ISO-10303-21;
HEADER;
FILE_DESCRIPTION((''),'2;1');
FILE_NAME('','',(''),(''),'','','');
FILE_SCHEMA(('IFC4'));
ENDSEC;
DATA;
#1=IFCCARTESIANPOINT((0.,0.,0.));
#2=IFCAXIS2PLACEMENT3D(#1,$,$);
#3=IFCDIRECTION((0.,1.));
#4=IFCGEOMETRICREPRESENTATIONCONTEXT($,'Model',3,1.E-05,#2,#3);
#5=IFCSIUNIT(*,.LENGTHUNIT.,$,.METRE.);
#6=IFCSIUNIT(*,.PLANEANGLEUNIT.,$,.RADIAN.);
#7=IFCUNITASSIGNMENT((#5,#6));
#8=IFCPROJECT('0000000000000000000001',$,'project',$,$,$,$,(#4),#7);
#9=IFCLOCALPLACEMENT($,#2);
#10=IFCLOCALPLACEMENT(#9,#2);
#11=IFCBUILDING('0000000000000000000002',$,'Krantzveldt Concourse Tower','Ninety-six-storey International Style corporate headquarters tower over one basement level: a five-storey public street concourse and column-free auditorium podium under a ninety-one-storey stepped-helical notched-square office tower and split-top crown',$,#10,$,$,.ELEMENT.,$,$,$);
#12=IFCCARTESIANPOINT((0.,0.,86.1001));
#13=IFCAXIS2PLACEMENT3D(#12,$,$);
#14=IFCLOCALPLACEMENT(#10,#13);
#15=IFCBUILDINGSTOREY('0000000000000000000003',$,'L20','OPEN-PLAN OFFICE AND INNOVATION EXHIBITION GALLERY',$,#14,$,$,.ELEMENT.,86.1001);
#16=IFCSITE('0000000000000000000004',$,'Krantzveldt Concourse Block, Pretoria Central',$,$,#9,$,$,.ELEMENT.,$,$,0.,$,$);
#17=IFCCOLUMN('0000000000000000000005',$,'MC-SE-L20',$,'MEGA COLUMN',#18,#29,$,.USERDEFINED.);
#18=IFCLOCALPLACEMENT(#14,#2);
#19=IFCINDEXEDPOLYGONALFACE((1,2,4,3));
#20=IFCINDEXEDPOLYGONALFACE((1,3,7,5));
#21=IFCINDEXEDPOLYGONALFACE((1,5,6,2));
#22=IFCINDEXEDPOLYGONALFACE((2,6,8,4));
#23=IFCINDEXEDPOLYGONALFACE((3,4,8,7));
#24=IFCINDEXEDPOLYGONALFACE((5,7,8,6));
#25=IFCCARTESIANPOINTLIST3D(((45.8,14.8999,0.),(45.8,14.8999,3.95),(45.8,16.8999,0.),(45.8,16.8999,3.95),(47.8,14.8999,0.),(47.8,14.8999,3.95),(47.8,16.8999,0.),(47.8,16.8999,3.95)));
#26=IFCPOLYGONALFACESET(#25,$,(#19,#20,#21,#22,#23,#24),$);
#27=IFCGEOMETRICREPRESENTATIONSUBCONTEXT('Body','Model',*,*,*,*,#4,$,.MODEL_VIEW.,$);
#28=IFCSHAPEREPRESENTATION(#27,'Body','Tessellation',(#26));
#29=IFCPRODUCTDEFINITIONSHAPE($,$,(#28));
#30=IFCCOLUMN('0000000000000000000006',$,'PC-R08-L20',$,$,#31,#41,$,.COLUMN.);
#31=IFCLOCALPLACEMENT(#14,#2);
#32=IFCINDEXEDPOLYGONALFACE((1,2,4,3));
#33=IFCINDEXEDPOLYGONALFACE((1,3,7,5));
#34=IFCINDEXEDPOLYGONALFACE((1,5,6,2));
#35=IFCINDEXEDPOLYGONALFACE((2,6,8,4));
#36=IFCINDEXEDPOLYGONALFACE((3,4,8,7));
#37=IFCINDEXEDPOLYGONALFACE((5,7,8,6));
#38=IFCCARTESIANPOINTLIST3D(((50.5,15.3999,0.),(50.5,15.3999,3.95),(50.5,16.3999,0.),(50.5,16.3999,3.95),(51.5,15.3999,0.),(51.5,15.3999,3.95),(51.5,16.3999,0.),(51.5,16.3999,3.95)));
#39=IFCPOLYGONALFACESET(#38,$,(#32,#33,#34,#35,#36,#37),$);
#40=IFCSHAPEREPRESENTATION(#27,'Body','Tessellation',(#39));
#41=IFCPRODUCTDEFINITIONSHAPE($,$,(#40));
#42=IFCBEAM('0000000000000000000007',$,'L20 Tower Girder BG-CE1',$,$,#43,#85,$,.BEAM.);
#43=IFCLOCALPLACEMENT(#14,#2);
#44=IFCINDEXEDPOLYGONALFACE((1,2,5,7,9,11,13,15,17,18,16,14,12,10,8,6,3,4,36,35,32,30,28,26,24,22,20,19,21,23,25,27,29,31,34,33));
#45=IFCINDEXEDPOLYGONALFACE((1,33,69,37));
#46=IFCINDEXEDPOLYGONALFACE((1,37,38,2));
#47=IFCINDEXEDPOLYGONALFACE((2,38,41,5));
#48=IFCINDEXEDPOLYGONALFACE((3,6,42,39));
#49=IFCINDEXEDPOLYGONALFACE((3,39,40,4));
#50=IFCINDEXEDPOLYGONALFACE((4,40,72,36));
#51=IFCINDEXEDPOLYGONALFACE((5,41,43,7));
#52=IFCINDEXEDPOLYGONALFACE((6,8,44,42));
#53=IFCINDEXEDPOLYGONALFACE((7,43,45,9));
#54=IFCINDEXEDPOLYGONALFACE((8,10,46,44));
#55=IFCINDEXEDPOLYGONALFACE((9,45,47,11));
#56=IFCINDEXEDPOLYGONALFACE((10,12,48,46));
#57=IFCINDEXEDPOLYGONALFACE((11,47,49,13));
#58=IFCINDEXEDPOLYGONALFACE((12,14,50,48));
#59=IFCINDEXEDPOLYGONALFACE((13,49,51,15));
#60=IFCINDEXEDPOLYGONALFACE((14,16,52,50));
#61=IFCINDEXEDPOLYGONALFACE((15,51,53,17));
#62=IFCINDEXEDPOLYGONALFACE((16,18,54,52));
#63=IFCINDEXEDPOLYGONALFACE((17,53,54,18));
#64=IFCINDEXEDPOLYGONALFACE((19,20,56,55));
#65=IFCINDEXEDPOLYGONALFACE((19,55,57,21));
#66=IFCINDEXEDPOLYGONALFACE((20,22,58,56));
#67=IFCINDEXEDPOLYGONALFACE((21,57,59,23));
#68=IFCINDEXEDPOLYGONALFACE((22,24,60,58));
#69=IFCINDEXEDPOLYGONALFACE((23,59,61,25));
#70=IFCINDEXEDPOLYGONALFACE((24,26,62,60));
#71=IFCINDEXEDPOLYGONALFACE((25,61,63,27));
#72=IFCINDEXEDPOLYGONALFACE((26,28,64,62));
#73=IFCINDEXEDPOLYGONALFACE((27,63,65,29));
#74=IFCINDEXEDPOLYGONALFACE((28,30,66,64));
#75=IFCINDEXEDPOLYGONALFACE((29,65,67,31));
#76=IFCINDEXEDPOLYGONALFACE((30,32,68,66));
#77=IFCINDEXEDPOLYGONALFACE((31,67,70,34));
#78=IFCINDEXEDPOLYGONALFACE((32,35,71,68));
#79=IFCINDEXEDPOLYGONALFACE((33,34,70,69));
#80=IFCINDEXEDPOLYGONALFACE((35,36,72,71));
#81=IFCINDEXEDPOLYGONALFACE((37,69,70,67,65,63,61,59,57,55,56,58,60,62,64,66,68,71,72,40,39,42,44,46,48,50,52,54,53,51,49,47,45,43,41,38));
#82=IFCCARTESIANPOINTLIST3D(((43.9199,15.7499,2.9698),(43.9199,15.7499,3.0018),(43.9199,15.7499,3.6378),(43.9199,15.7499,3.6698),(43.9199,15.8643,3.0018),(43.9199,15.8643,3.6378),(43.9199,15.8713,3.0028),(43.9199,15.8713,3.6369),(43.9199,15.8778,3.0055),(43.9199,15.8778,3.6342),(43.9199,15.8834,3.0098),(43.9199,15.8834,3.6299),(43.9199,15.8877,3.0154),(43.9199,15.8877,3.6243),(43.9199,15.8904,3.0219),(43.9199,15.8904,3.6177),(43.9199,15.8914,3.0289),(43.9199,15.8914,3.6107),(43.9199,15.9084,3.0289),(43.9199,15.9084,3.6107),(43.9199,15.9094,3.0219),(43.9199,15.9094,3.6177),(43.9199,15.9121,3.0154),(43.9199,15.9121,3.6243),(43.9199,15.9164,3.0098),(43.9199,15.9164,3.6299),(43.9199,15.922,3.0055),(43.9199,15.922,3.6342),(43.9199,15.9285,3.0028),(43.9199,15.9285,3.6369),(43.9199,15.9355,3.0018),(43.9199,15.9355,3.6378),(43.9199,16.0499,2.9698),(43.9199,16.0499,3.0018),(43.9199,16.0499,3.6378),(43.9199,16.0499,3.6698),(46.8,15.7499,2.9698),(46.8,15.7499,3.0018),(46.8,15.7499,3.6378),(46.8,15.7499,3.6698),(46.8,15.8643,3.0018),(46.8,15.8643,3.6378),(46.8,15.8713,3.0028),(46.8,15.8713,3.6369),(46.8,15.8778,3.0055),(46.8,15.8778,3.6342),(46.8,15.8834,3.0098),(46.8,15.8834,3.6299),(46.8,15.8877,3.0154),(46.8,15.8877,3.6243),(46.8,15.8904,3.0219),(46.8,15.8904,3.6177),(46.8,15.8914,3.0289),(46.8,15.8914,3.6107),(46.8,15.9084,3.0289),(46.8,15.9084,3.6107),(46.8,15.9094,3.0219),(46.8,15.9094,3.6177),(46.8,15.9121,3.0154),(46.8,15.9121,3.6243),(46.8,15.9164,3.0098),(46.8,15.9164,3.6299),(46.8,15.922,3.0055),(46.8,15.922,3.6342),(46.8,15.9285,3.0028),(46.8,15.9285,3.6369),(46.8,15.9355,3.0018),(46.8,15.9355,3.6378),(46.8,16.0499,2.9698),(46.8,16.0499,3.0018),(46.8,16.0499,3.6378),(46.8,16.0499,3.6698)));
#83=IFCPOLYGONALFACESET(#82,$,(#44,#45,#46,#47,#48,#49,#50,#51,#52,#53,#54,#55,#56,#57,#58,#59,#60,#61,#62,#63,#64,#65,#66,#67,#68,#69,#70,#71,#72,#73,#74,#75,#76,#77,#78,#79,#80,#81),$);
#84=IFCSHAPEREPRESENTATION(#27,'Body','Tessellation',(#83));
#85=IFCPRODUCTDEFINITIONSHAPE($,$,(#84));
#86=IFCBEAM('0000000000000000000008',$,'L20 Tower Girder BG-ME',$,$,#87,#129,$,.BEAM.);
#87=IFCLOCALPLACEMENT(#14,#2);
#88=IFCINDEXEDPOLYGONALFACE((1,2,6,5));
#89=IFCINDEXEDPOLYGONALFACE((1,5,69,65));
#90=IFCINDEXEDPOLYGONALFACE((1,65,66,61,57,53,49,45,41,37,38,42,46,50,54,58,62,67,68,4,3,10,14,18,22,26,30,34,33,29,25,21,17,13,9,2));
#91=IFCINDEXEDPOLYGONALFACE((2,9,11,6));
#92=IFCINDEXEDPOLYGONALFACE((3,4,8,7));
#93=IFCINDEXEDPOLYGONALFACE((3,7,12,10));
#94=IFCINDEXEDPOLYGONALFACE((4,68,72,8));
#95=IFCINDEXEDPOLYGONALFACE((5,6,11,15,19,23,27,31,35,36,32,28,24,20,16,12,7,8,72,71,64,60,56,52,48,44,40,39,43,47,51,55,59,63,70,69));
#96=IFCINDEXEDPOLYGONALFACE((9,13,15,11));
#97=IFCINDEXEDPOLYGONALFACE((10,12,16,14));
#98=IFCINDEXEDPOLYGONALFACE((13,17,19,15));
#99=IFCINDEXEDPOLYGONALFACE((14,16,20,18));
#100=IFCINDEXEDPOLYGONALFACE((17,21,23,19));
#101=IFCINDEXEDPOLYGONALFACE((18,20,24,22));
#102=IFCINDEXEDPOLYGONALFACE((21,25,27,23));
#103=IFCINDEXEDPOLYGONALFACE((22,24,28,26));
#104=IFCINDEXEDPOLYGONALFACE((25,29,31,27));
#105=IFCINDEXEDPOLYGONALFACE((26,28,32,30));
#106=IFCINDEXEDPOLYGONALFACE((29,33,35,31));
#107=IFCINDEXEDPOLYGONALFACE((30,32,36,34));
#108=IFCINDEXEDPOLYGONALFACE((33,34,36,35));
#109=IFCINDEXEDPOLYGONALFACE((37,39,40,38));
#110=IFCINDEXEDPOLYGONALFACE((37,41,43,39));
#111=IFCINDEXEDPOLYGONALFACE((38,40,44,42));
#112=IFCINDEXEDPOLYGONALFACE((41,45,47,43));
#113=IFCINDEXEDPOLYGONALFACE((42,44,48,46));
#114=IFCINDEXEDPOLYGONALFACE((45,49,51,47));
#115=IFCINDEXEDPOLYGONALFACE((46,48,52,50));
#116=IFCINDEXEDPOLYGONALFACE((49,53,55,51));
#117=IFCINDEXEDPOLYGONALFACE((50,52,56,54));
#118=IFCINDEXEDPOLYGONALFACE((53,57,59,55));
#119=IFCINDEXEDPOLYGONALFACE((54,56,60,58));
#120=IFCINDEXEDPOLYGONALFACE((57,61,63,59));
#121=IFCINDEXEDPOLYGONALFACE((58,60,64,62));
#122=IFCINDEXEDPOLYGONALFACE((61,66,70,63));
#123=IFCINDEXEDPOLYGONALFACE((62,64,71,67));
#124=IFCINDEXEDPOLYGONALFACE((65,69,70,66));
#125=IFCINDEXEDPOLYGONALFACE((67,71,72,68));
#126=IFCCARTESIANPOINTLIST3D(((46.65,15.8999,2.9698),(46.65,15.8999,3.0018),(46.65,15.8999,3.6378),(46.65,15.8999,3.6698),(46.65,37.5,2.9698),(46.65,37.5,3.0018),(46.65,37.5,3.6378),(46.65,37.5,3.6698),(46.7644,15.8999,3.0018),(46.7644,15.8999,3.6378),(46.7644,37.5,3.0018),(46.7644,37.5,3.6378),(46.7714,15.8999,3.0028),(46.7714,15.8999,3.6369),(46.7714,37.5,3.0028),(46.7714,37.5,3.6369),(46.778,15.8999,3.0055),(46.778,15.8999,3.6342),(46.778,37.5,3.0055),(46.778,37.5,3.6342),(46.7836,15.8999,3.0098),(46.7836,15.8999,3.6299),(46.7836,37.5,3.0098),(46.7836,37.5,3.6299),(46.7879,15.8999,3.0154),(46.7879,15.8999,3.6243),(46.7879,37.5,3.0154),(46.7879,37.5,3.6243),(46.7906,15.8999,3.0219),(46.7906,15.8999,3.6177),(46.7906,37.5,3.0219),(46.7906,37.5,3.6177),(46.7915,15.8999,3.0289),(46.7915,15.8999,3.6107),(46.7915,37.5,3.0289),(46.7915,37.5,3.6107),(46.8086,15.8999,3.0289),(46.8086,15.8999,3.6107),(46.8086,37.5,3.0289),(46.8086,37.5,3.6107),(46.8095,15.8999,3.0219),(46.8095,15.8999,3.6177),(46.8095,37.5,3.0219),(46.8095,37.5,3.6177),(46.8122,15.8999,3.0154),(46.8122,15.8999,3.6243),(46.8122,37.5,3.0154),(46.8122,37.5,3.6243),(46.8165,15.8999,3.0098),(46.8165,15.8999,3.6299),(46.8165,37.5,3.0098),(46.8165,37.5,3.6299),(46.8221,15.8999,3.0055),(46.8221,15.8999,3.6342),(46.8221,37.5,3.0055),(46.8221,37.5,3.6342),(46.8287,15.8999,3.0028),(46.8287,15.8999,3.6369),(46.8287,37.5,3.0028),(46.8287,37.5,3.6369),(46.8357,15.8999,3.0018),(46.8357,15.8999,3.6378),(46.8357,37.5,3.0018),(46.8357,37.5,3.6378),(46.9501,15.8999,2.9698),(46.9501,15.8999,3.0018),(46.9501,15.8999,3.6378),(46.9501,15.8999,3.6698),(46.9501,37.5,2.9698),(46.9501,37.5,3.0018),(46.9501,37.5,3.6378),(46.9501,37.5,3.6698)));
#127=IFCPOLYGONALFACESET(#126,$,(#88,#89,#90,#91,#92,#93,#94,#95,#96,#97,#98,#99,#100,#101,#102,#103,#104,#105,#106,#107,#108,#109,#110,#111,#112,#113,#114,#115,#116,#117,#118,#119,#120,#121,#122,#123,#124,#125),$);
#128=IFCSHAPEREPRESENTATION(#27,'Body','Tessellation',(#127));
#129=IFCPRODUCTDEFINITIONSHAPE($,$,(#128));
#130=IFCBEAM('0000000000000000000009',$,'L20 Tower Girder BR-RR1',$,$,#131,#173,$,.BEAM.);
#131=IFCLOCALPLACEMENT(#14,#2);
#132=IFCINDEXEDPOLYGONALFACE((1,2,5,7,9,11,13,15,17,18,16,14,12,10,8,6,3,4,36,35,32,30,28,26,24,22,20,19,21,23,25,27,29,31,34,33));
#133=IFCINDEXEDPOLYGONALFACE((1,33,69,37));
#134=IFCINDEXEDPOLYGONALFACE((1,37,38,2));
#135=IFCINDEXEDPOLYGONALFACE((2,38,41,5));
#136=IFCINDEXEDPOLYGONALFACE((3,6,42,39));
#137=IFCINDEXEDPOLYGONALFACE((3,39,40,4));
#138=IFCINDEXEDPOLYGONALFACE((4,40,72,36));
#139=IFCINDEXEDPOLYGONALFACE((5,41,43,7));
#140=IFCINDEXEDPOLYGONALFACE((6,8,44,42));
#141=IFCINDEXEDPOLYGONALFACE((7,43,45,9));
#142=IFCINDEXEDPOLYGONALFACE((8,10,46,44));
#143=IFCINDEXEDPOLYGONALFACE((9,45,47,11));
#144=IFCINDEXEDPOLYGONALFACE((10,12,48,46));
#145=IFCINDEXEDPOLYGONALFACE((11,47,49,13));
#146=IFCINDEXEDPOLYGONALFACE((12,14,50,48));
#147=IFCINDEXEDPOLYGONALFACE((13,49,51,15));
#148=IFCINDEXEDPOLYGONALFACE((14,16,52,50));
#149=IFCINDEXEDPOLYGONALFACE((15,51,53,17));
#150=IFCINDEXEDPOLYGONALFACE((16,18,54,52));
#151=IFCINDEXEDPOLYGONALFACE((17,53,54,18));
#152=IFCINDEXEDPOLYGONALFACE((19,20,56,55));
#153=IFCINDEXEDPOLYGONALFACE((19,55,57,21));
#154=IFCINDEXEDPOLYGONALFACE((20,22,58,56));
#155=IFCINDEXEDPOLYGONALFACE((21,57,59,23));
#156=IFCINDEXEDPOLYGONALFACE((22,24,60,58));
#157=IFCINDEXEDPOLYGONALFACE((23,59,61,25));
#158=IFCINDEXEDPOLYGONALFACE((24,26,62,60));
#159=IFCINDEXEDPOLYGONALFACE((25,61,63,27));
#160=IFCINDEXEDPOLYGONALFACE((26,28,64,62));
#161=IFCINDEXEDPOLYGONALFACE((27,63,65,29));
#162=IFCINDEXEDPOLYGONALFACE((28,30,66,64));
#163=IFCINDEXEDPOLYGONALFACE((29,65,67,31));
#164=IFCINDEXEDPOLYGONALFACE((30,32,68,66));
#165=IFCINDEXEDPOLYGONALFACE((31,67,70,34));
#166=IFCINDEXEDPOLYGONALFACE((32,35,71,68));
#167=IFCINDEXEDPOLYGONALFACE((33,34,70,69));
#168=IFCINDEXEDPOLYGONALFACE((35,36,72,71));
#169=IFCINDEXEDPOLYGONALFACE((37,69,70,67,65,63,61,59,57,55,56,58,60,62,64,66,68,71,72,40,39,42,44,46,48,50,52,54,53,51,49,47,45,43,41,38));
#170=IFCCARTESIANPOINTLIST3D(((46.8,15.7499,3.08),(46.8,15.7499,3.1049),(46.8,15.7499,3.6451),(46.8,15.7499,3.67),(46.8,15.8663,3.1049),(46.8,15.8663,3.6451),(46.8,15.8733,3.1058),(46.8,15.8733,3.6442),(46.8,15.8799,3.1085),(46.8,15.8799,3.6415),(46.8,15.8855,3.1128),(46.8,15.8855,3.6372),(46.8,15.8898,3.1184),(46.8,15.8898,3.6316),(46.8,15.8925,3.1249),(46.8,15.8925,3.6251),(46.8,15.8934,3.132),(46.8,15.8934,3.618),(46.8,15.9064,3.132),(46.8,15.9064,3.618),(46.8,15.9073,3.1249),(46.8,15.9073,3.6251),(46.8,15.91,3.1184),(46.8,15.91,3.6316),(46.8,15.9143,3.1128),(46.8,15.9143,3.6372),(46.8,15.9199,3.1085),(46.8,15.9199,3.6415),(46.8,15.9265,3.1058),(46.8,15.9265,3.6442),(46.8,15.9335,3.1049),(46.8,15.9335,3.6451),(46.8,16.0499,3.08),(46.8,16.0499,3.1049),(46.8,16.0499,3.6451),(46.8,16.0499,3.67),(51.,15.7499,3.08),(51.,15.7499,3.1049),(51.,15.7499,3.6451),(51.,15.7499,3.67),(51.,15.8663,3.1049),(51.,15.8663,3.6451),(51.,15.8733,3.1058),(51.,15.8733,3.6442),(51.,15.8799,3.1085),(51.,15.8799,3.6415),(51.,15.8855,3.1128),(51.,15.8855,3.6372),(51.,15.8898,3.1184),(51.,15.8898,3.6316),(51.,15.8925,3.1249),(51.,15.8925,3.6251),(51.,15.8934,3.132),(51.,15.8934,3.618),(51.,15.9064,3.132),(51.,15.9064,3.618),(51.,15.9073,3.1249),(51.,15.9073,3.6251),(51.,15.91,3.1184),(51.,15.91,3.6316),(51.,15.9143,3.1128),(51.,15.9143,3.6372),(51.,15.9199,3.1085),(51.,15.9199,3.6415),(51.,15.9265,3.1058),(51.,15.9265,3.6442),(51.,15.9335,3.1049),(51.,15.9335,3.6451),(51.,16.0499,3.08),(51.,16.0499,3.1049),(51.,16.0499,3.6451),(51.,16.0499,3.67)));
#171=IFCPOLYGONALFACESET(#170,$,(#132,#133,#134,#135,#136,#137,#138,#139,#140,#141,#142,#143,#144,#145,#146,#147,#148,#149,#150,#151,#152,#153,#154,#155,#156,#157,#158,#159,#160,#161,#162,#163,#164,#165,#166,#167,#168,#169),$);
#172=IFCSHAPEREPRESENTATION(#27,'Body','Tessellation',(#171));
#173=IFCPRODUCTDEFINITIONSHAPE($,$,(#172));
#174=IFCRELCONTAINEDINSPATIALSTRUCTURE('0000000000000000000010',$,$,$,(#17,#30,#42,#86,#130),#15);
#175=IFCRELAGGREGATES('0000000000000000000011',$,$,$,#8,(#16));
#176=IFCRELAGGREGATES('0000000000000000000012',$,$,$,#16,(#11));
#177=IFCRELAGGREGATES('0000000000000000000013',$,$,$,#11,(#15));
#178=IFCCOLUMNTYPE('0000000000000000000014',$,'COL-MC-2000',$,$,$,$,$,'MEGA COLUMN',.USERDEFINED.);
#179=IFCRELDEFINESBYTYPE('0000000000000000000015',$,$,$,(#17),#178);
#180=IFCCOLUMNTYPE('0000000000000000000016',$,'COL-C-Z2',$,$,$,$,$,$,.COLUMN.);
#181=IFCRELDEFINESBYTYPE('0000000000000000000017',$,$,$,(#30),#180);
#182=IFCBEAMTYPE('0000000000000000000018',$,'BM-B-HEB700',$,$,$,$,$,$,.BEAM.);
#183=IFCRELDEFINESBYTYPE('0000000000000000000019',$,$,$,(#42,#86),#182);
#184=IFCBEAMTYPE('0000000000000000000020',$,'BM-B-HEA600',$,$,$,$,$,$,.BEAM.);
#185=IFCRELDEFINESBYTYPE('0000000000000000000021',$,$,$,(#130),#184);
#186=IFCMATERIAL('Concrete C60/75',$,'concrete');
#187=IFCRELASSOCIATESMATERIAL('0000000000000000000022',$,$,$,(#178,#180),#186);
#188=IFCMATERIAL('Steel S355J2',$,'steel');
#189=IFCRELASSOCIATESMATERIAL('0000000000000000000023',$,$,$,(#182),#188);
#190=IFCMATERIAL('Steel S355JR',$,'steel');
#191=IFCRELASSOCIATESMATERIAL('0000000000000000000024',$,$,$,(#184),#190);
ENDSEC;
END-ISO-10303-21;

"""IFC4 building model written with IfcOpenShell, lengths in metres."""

from ifc_helpers import new_model, si_unit, direction, frame, origin, origin_2d, place, context, subcontext, project, spatial, rectangle, i_section, extrude, source, transform, mapped, material, material_profile, profile_set, type_object, type_shapes, element, save


model = new_model("IFC4")

# Units and contexts
model_context = context("Model", 3, precision=1e-05, world=origin(), true_north=direction((0.0, 1.0)))
body_context = subcontext(model_context, "Body", "Model", "MODEL_VIEW")
ifc_project = project(units=[si_unit("LENGTHUNIT", "METRE"), si_unit("PLANEANGLEUNIT", "RADIAN")], contexts=[model_context])

# Site, building, storey
site_placement = place(None, origin())
site = spatial("IfcSite", under=ifc_project, at=site_placement, Name="Krantzveldt Concourse Block, Pretoria Central", CompositionType="ELEMENT", RefElevation=0.0)
building_placement = place(site_placement, origin())
building = spatial("IfcBuilding", under=site, at=building_placement, Name="Krantzveldt Concourse Tower", Description="Ninety-six-storey International Style corporate headquarters tower over one basement level: a five-storey public street concourse and column-free auditorium podium under a ninety-one-storey stepped-helical notched-square office tower and split-top crown", CompositionType="ELEMENT")
storey_placement = place(building_placement, frame((0.0, 0.0, 86.1001)))
storey = spatial("IfcBuildingStorey", under=building, at=storey_placement, Name="L20", Description="OPEN-PLAN OFFICE AND INNOVATION EXHIBITION GALLERY", CompositionType="ELEMENT", Elevation=86.1001)

# Columns
ifc_material_1 = material(Name="Concrete C60/75", Category="concrete")
ifc_material_profile_1 = material_profile(ifc_material_1, rectangle(XDim=2.0, YDim=2.0, at=origin_2d()), Name="Concrete C60/75", Category="concrete")
ifc_profile_set_1 = profile_set([ifc_material_profile_1], Name="Concrete C60/75 - RC 2000x2000")
column_type_1 = type_object("IfcColumnType", Name="COL-MC-2000", ElementType="MEGA COLUMN", PredefinedType="USERDEFINED", material=ifc_profile_set_1)
shared_shape_1 = source(origin(), body_context, "Body", "SweptSolid", [
    extrude(rectangle(XDim=2.0, YDim=2.0, at=origin_2d()), origin(), (0.0, 0.0, 1.0), 3.95),
])
type_shapes(column_type_1, [shared_shape_1])
column_1_placement = place(storey_placement, frame((46.8, 15.8999, 0.0), z_axis=(0.0, 0.0, 1.0), x_axis=(1.0, 0.0, 0.0)))
element("IfcColumn", 1, at=column_1_placement, inside=storey, type_object=column_type_1, Name="MC-SE-L20", ObjectType="MEGA COLUMN", PredefinedType="USERDEFINED", context=body_context, shape_type="MappedRepresentation", body=[
    mapped(shared_shape_1, transform((0.0, 0.0, 0.0), x_axis=(1.0, 0.0, 0.0), y_axis=(0.0, 1.0, 0.0), z_axis=(0.0, 0.0, 1.0), scale=1.0)),
])
ifc_material_profile_2 = material_profile(ifc_material_1, rectangle(XDim=1.0, YDim=1.0, at=origin_2d()), Name="Concrete C60/75", Category="concrete")
ifc_profile_set_2 = profile_set([ifc_material_profile_2], Name="Concrete C60/75 - RC 1000x1000")
column_type_2 = type_object("IfcColumnType", Name="COL-C-Z2", PredefinedType="COLUMN", material=ifc_profile_set_2)
shared_shape_2 = source(origin(), body_context, "Body", "SweptSolid", [
    extrude(rectangle(XDim=1.0, YDim=1.0, at=origin_2d()), origin(), (0.0, 0.0, 1.0), 3.95),
])
type_shapes(column_type_2, [shared_shape_2])
column_2_placement = place(storey_placement, frame((51.0, 15.8999, 0.0), z_axis=(0.0, 0.0, 1.0), x_axis=(1.0, 0.0, 0.0)))
element("IfcColumn", 2, at=column_2_placement, inside=storey, type_object=column_type_2, Name="PC-R08-L20", PredefinedType="COLUMN", context=body_context, shape_type="MappedRepresentation", body=[
    mapped(shared_shape_2, transform((0.0, 0.0, 0.0), x_axis=(1.0, 0.0, 0.0), y_axis=(0.0, 1.0, 0.0), z_axis=(0.0, 0.0, 1.0), scale=1.0)),
])

# Beams
ifc_material_2 = material(Name="Steel S355J2", Category="steel")
ifc_material_profile_3 = material_profile(ifc_material_2, i_section(OverallWidth=0.3, OverallDepth=0.7, WebThickness=0.0171, FlangeThickness=0.032, FilletRadius=0.0271, at=origin_2d()), Name="Steel S355J2", Category="steel")
ifc_profile_set_3 = profile_set([ifc_material_profile_3], Name="Steel S355J2 - HEB 700")
beam_type_1 = type_object("IfcBeamType", Name="BM-B-HEB700", PredefinedType="BEAM", material=ifc_profile_set_3)
shared_shape_3 = source(origin(), body_context, "Body", "SweptSolid", [
    extrude(i_section(OverallWidth=0.3, OverallDepth=0.7, WebThickness=0.0171, FlangeThickness=0.032, FilletRadius=0.0271, at=origin_2d()), origin(), (0.0, 0.0, 1.0), 2.8801),
])
beam_1_placement = place(storey_placement, frame((43.9199, 15.8999, 3.3198), z_axis=(1.0, 0.0, 0.0), x_axis=(0.0, 1.0, 0.0)))
element("IfcBeam", 3, at=beam_1_placement, inside=storey, type_object=beam_type_1, Name="L20 Tower Girder BG-CE1", PredefinedType="BEAM", context=body_context, shape_type="MappedRepresentation", body=[
    mapped(shared_shape_3, transform((0.0, 0.0, 0.0), x_axis=(1.0, 0.0, 0.0), y_axis=(0.0, 1.0, 0.0), z_axis=(0.0, 0.0, 1.0), scale=1.0)),
])
shared_shape_4 = source(origin(), body_context, "Body", "SweptSolid", [
    extrude(i_section(OverallWidth=0.3, OverallDepth=0.7, WebThickness=0.0171, FlangeThickness=0.032, FilletRadius=0.0271, at=origin_2d()), origin(), (0.0, 0.0, 1.0), 21.6001),
])
type_shapes(beam_type_1, [shared_shape_3, shared_shape_4])
beam_2_placement = place(storey_placement, frame((46.8, 15.8999, 3.3198), z_axis=(0.0, 1.0, 0.0), x_axis=(-1.0, 0.0, 0.0)))
element("IfcBeam", 4, at=beam_2_placement, inside=storey, type_object=beam_type_1, Name="L20 Tower Girder BG-ME", PredefinedType="BEAM", context=body_context, shape_type="MappedRepresentation", body=[
    mapped(shared_shape_4, transform((0.0, 0.0, 0.0), x_axis=(1.0, 0.0, 0.0), y_axis=(0.0, 1.0, 0.0), z_axis=(0.0, 0.0, 1.0), scale=1.0)),
])
ifc_material_3 = material(Name="Steel S355JR", Category="steel")
ifc_material_profile_4 = material_profile(ifc_material_3, i_section(OverallWidth=0.3, OverallDepth=0.5901, WebThickness=0.0129, FlangeThickness=0.0249, FilletRadius=0.0271, at=origin_2d()), Name="Steel S355JR", Category="steel")
ifc_profile_set_4 = profile_set([ifc_material_profile_4], Name="Steel S355JR - HEA 600")
beam_type_2 = type_object("IfcBeamType", Name="BM-B-HEA600", PredefinedType="BEAM", material=ifc_profile_set_4)
shared_shape_5 = source(origin(), body_context, "Body", "SweptSolid", [
    extrude(i_section(OverallWidth=0.3, OverallDepth=0.5901, WebThickness=0.0129, FlangeThickness=0.0249, FilletRadius=0.0271, at=origin_2d()), origin(), (0.0, 0.0, 1.0), 4.2),
])
beam_3_placement = place(storey_placement, frame((46.8, 15.8999, 3.375), z_axis=(1.0, 0.0, 0.0), x_axis=(0.0, 1.0, 0.0)))
element("IfcBeam", 5, at=beam_3_placement, inside=storey, type_object=beam_type_2, Name="L20 Tower Girder BR-RR1", PredefinedType="BEAM", context=body_context, shape_type="MappedRepresentation", body=[
    mapped(shared_shape_5, transform((0.0, 0.0, 0.0), x_axis=(1.0, 0.0, 0.0), y_axis=(0.0, 1.0, 0.0), z_axis=(0.0, 0.0, 1.0), scale=1.0)),
])

save(model, "model.ifc")
